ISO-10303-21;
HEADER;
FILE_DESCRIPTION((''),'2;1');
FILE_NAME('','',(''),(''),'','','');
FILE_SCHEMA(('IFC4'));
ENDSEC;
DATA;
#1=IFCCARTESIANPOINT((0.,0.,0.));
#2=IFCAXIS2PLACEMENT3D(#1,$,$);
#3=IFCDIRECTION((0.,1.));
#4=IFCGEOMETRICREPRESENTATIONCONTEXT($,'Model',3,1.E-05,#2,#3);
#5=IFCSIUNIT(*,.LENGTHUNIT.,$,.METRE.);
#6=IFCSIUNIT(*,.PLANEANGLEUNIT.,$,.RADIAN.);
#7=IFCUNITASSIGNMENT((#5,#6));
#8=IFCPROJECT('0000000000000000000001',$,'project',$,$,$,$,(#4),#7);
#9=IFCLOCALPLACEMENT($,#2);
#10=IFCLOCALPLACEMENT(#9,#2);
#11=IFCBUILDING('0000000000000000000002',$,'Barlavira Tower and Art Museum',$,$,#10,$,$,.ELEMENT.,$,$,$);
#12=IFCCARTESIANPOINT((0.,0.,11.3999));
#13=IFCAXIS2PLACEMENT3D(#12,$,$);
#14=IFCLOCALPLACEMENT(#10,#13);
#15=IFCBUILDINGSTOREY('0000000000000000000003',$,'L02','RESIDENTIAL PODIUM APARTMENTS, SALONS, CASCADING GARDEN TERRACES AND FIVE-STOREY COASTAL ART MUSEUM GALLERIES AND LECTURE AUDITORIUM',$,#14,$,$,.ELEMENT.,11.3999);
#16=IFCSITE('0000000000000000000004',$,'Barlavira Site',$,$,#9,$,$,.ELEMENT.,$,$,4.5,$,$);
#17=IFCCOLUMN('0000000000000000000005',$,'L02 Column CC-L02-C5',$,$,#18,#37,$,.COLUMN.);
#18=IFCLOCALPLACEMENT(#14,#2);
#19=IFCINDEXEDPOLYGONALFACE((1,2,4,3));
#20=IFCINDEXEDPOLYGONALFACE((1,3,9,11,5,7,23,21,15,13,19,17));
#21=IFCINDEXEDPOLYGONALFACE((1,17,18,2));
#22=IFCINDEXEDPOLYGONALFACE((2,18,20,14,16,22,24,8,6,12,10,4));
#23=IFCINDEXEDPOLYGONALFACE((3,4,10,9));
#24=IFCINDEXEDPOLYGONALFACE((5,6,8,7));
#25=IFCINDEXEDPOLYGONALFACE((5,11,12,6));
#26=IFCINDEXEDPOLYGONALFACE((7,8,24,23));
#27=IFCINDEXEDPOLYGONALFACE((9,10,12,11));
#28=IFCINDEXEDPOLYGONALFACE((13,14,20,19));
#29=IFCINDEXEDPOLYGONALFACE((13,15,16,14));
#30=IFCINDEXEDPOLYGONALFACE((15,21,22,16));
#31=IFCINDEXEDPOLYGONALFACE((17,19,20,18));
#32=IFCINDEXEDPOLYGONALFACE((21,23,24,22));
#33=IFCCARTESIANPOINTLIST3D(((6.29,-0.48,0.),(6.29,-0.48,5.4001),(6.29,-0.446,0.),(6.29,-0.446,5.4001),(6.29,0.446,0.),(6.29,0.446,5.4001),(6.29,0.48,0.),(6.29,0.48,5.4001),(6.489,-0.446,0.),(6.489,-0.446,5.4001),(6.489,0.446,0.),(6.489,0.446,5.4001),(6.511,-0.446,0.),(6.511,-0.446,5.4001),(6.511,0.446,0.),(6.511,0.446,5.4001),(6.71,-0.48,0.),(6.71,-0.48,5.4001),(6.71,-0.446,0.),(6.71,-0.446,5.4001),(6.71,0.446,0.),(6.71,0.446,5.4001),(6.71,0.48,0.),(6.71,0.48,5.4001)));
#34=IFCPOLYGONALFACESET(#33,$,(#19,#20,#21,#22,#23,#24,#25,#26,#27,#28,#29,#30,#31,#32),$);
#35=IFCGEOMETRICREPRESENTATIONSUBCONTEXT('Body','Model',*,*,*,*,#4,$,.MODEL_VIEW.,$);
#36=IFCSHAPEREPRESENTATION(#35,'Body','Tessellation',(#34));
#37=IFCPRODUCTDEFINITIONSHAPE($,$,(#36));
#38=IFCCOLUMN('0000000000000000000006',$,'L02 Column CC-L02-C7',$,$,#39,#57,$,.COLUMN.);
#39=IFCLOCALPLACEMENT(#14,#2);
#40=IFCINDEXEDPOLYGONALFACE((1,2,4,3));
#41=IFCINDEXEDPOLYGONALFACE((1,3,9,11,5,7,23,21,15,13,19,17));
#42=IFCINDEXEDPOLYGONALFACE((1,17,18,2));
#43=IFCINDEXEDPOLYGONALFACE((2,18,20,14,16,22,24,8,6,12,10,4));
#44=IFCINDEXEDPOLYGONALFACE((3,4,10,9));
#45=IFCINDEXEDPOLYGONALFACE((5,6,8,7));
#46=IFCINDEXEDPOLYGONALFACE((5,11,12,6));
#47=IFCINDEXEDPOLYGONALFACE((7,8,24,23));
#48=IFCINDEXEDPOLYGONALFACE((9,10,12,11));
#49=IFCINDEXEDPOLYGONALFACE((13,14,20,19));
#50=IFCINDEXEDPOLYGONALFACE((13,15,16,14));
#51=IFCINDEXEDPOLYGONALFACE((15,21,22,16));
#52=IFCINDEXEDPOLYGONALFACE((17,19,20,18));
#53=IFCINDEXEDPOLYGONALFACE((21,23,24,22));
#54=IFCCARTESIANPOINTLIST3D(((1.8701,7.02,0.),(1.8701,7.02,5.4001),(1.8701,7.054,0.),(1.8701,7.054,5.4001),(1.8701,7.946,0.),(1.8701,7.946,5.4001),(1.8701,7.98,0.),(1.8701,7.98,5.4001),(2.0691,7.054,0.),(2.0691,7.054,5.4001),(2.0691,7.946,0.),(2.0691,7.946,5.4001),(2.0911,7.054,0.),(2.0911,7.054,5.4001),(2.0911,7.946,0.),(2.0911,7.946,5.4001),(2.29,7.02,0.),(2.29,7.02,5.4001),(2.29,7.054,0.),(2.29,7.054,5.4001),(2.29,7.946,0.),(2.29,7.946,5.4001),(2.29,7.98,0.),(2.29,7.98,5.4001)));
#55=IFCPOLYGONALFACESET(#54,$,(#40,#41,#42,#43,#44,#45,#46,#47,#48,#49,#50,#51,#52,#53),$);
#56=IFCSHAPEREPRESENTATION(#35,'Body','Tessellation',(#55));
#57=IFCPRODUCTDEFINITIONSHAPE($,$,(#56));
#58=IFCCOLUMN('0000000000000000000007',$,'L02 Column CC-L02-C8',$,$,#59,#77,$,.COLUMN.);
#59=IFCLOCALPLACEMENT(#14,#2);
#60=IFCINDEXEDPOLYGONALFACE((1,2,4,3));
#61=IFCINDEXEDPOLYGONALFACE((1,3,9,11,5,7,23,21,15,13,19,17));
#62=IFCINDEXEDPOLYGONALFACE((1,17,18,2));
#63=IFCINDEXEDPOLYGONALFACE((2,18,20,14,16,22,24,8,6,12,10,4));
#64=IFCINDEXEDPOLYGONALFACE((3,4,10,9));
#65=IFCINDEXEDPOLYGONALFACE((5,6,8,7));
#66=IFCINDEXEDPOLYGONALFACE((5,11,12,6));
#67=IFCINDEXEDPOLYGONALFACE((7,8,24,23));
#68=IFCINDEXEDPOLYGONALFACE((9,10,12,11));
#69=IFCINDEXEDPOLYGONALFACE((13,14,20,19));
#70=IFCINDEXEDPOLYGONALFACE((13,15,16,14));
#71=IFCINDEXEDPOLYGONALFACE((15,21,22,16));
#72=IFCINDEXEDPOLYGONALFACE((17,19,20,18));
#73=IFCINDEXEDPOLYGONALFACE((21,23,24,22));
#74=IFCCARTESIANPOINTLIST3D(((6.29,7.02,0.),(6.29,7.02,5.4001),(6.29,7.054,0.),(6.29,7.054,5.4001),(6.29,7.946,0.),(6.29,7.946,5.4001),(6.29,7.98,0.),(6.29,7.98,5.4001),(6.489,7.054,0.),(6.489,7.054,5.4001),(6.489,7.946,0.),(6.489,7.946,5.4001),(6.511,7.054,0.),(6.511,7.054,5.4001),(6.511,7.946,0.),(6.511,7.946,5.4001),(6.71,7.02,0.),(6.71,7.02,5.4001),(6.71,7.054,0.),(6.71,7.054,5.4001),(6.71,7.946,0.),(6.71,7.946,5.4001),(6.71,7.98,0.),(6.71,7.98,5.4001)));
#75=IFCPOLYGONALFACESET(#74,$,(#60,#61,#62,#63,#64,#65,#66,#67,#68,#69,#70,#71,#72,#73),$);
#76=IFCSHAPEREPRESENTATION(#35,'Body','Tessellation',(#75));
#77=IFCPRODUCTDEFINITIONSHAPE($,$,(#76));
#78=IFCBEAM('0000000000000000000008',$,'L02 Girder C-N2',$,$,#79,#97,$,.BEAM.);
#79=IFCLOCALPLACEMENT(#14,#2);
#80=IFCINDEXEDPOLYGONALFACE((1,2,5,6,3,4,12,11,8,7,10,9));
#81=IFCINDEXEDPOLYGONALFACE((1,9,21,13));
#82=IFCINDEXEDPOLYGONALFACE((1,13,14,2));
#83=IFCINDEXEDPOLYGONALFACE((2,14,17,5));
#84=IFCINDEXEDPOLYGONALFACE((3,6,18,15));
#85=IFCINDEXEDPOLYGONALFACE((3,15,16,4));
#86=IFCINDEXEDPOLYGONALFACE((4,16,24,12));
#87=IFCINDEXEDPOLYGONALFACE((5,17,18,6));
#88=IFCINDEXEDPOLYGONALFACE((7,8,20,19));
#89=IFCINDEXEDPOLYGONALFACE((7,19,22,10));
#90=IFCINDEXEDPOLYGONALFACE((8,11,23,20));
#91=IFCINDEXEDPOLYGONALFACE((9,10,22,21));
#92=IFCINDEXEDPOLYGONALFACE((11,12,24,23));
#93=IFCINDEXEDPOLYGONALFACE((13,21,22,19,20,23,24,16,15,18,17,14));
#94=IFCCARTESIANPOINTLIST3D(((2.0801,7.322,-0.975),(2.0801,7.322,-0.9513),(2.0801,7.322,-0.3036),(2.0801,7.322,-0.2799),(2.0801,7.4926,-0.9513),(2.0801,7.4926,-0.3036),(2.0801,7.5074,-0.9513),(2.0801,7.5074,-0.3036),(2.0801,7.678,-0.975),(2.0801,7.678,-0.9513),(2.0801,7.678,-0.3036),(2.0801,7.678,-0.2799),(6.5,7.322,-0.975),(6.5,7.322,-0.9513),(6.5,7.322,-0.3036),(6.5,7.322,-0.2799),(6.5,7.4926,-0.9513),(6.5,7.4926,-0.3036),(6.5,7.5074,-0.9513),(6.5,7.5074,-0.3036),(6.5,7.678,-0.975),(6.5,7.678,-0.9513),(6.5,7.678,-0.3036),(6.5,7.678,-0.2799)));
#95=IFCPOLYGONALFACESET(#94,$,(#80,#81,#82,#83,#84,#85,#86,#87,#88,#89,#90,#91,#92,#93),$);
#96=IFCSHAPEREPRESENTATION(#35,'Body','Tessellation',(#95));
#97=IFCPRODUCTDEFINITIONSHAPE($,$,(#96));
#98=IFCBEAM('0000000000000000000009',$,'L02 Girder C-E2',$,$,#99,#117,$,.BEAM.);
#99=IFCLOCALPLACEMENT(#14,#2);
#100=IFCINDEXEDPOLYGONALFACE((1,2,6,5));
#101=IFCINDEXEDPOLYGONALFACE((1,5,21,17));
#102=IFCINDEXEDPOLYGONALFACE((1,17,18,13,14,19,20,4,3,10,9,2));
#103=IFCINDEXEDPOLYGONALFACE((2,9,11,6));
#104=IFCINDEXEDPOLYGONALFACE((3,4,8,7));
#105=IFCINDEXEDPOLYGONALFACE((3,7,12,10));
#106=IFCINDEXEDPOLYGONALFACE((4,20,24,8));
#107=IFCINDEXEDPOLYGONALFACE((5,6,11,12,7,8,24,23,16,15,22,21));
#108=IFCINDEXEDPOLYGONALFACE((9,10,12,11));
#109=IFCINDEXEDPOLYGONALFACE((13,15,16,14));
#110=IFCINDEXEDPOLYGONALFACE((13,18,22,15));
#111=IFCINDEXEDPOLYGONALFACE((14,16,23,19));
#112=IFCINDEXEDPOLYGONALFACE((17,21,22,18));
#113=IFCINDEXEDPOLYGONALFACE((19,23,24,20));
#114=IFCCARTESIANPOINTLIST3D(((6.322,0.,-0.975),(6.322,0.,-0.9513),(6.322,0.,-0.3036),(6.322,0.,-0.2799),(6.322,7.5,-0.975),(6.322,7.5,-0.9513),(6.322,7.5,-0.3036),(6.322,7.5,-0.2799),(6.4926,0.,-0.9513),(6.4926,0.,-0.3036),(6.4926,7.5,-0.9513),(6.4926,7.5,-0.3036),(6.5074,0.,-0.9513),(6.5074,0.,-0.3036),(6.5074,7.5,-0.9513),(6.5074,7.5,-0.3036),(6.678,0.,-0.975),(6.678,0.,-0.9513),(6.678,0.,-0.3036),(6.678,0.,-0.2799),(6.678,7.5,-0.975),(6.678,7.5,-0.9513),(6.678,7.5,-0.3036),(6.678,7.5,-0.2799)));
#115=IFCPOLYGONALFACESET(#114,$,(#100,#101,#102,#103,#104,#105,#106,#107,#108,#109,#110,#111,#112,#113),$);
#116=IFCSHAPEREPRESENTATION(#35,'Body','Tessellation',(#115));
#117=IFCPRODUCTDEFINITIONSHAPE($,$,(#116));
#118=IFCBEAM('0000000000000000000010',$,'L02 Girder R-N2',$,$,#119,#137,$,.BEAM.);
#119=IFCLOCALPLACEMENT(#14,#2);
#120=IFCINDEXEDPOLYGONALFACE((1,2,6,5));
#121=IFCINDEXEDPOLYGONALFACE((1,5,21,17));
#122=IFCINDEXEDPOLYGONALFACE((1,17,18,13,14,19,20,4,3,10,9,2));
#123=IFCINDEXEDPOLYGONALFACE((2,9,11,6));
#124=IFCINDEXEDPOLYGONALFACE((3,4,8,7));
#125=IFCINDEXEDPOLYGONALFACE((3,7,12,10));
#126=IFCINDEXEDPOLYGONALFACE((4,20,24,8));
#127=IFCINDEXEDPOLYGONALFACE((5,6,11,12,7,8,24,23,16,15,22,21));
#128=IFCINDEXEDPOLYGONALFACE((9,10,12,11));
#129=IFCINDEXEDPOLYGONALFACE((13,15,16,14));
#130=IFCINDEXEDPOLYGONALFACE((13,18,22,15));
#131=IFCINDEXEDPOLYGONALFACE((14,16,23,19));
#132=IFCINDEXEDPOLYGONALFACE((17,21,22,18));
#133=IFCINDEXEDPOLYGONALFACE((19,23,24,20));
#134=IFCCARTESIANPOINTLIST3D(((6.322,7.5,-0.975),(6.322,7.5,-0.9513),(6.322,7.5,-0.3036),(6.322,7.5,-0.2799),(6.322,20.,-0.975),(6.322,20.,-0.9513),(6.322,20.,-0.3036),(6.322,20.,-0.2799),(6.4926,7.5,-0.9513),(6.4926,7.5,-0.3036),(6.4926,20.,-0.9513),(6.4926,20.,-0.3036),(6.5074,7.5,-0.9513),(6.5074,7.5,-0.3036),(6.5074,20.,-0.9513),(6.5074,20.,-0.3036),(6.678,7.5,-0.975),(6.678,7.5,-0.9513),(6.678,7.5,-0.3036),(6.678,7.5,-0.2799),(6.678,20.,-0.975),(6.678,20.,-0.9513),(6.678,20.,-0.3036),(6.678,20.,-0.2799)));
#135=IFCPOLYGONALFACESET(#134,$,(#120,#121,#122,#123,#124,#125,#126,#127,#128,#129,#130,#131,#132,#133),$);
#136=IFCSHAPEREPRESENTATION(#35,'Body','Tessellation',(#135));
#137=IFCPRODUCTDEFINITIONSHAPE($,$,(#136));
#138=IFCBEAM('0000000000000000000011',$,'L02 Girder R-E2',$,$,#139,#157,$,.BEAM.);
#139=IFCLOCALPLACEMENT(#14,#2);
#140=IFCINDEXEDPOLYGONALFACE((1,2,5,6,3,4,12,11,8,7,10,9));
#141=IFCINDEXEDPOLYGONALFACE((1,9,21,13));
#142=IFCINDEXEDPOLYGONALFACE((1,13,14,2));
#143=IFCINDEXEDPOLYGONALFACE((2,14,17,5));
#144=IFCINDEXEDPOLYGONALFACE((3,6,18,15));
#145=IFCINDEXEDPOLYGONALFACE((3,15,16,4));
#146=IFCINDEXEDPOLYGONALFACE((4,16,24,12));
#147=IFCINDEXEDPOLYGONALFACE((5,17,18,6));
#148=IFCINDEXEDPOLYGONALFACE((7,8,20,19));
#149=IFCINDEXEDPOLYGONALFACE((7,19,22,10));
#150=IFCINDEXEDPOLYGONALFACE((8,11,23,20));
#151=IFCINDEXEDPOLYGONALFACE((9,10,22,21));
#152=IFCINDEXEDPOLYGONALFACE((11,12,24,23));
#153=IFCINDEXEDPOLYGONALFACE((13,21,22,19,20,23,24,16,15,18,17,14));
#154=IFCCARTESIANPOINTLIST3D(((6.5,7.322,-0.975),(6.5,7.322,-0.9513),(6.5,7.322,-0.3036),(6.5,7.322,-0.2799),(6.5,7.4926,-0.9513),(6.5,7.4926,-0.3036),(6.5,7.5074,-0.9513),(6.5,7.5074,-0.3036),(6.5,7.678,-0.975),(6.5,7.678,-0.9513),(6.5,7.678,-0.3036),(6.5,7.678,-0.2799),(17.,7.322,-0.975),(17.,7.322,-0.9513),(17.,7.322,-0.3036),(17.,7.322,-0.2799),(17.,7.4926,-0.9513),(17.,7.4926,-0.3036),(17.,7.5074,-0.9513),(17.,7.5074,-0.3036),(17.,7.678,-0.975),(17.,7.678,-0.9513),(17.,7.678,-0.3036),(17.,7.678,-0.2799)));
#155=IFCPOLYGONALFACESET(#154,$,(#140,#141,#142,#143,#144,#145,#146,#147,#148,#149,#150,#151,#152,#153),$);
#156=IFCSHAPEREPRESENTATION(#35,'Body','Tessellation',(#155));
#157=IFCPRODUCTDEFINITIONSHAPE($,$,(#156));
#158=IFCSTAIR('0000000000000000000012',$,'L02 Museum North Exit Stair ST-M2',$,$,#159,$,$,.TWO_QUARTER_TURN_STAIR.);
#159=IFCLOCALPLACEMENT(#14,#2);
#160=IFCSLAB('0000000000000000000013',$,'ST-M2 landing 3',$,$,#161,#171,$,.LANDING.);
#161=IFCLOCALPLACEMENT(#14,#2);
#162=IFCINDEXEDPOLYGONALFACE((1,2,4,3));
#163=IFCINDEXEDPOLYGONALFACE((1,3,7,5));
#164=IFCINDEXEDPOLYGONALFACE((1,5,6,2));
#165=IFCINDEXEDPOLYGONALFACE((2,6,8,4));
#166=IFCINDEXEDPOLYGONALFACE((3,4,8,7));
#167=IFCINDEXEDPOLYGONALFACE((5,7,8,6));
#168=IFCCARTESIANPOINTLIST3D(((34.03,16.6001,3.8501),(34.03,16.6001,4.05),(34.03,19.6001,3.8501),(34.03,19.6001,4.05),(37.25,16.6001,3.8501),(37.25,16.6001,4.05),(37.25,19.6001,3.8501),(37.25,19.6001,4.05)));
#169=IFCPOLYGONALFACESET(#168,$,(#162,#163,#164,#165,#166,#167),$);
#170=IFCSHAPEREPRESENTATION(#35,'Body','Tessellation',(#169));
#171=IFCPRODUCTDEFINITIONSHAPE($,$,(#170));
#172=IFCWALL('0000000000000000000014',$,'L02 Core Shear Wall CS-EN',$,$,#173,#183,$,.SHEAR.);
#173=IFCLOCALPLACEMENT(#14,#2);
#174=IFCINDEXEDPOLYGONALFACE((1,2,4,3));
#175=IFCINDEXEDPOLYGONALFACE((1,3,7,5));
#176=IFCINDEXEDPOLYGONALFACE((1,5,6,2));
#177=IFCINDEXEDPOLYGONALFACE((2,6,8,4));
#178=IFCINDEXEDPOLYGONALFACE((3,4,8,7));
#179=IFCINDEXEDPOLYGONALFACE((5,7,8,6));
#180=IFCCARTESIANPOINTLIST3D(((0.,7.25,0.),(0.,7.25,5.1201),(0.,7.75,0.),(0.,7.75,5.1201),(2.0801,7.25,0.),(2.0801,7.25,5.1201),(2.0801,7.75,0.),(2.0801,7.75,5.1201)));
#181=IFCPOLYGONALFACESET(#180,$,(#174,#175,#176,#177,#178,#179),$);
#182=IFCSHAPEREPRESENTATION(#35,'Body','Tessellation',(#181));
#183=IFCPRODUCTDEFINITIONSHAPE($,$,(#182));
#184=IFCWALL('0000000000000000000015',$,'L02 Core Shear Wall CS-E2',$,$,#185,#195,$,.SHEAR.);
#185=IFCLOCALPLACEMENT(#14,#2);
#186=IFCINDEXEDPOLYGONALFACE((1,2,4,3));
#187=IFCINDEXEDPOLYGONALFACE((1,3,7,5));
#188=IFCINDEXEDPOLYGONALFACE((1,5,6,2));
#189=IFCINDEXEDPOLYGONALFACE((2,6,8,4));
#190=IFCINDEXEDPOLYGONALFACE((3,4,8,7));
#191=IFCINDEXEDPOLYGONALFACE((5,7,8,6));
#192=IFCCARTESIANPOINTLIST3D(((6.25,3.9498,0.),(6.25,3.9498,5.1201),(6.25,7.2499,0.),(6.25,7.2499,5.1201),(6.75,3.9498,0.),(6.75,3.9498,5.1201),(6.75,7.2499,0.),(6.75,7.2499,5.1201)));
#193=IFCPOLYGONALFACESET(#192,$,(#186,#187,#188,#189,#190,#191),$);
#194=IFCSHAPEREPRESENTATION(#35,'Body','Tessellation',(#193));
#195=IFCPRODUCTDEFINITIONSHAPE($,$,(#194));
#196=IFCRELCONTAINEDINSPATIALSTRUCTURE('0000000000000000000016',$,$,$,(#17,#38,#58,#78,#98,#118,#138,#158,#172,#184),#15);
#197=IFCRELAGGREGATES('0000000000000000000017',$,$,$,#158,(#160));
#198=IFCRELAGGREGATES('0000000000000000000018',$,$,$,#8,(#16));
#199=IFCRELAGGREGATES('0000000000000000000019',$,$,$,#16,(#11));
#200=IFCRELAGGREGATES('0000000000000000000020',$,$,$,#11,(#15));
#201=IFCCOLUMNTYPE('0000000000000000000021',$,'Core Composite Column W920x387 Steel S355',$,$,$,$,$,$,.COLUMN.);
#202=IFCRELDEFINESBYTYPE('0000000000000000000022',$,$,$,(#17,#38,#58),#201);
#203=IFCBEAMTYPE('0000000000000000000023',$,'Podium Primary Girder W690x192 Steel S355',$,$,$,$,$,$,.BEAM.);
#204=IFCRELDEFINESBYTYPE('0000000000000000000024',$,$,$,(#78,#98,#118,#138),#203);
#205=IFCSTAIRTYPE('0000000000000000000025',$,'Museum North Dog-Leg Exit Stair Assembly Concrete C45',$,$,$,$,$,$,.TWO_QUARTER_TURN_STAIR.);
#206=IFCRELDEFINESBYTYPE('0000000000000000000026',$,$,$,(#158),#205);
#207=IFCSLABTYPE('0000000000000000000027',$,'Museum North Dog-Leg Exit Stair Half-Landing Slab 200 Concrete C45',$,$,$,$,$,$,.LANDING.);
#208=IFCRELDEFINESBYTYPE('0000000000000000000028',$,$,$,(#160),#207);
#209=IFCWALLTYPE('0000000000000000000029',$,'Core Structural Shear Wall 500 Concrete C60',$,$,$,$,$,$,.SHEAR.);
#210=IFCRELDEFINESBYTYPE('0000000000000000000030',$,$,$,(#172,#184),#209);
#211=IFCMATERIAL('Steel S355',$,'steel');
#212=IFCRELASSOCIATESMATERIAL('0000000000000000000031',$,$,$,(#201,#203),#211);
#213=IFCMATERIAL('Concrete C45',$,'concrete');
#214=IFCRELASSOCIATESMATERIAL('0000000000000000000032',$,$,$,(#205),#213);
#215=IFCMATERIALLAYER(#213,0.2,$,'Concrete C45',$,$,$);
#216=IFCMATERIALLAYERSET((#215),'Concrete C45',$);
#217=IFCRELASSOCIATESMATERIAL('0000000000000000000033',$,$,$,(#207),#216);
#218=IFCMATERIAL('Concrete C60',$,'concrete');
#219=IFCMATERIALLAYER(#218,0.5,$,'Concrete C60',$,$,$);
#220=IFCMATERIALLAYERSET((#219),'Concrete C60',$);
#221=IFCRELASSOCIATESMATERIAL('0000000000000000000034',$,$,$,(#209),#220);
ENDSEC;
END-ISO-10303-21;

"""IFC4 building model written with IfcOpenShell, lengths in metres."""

from ifc_helpers import new_model, si_unit, direction, frame, frame_2d, origin, origin_2d, place, context, subcontext, project, spatial, polyline, rectangle, i_section, outline, extrude, material, layer, layer_set, material_profile, profile_set, type_object, element, aggregate, save


model = new_model("IFC4")

# Units and contexts
model_context = context("Model", 3, precision=1e-05, world=origin(), true_north=direction((0.0, 1.0)))
body_context = subcontext(model_context, "Body", "Model", "MODEL_VIEW")
ifc_project = project(units=[si_unit("LENGTHUNIT", "METRE"), si_unit("PLANEANGLEUNIT", "RADIAN")], contexts=[model_context])

# Site, building, storey
site_placement = place(None, origin())
site = spatial("IfcSite", under=ifc_project, at=site_placement, Name="Barlavira Site", CompositionType="ELEMENT", RefElevation=4.5)
building_placement = place(site_placement, origin())
building = spatial("IfcBuilding", under=site, at=building_placement, Name="Barlavira Tower and Art Museum", CompositionType="ELEMENT")
storey_placement = place(building_placement, frame((0.0, 0.0, 11.3999)))
storey = spatial("IfcBuildingStorey", under=building, at=storey_placement, Name="L02", Description="RESIDENTIAL PODIUM APARTMENTS, SALONS, CASCADING GARDEN TERRACES AND FIVE-STOREY COASTAL ART MUSEUM GALLERIES AND LECTURE AUDITORIUM", CompositionType="ELEMENT", Elevation=11.3999)

# Columns
ifc_material_1 = material(Name="Steel S355", Category="steel")
ifc_material_profile_1 = material_profile(ifc_material_1, i_section(OverallWidth=0.4199, OverallDepth=0.96, WebThickness=0.022, FlangeThickness=0.0339, at=origin_2d()), Name="W920x387.0")
ifc_profile_set_1 = profile_set([ifc_material_profile_1], Name="Steel S355")
column_type = type_object("IfcColumnType", Name="Core Composite Column W920x387 Steel S355", PredefinedType="COLUMN", material=ifc_profile_set_1)
for number, where, z_axis, x_axis, name in (
    (1, (6.5, 0.0, 0.0), (0.0, 0.0, 1.0), (1.0, 0.0, 0.0), "L02 Column CC-L02-C5"),
    (2, (2.0801, 7.5, 0.0), (0.0, 0.0, 1.0), (1.0, 0.0, 0.0), "L02 Column CC-L02-C7"),
    (3, (6.5, 7.5, 0.0), (0.0, 0.0, 1.0), (1.0, 0.0, 0.0), "L02 Column CC-L02-C8"),
):
    element("IfcColumn", number, at=place(storey_placement, frame(where, z_axis=z_axis, x_axis=x_axis)), inside=storey, type_object=column_type, Name=name, PredefinedType="COLUMN", context=body_context, shape_type="SweptSolid", body=[
        extrude(i_section(OverallWidth=0.4199, OverallDepth=0.96, WebThickness=0.022, FlangeThickness=0.0339, at=origin_2d()), origin(), (0.0, 0.0, 1.0), 5.4001),
    ])

# Beams
ifc_material_profile_2 = material_profile(ifc_material_1, i_section(OverallWidth=0.356, OverallDepth=0.6951, WebThickness=0.0149, FlangeThickness=0.0237, at=origin_2d()), Name="W690x192.0")
ifc_profile_set_2 = profile_set([ifc_material_profile_2], Name="Steel S355")
beam_type = type_object("IfcBeamType", Name="Podium Primary Girder W690x192 Steel S355", PredefinedType="BEAM", material=ifc_profile_set_2)
beam_1_placement = place(storey_placement, frame((2.0801, 7.5, -0.6274), z_axis=(1.0, 0.0, 0.0), x_axis=(0.0, 1.0, 0.0)))
element("IfcBeam", 4, at=beam_1_placement, inside=storey, type_object=beam_type, Name="L02 Girder C-N2", PredefinedType="BEAM", context=body_context, shape_type="SweptSolid", body=[
    extrude(i_section(OverallWidth=0.356, OverallDepth=0.6951, WebThickness=0.0149, FlangeThickness=0.0237, at=origin_2d()), origin(), (0.0, 0.0, 1.0), 4.4199),
])
beam_2_placement = place(storey_placement, frame((6.5, 0.0, -0.6274), z_axis=(0.0, 1.0, 0.0), x_axis=(-1.0, 0.0, 0.0)))
element("IfcBeam", 5, at=beam_2_placement, inside=storey, type_object=beam_type, Name="L02 Girder C-E2", PredefinedType="BEAM", context=body_context, shape_type="SweptSolid", body=[
    extrude(i_section(OverallWidth=0.356, OverallDepth=0.6951, WebThickness=0.0149, FlangeThickness=0.0237, at=origin_2d()), origin(), (0.0, 0.0, 1.0), 7.5),
])
beam_3_placement = place(storey_placement, frame((6.5, 7.5, -0.6274), z_axis=(0.0, 1.0, 0.0), x_axis=(-1.0, 0.0, 0.0)))
element("IfcBeam", 6, at=beam_3_placement, inside=storey, type_object=beam_type, Name="L02 Girder R-N2", PredefinedType="BEAM", context=body_context, shape_type="SweptSolid", body=[
    extrude(i_section(OverallWidth=0.356, OverallDepth=0.6951, WebThickness=0.0149, FlangeThickness=0.0237, at=origin_2d()), origin(), (0.0, 0.0, 1.0), 12.5),
])
beam_4_placement = place(storey_placement, frame((6.5, 7.5, -0.6274), z_axis=(1.0, 0.0, 0.0), x_axis=(0.0, 1.0, 0.0)))
element("IfcBeam", 7, at=beam_4_placement, inside=storey, type_object=beam_type, Name="L02 Girder R-E2", PredefinedType="BEAM", context=body_context, shape_type="SweptSolid", body=[
    extrude(i_section(OverallWidth=0.356, OverallDepth=0.6951, WebThickness=0.0149, FlangeThickness=0.0237, at=origin_2d()), origin(), (0.0, 0.0, 1.0), 10.5),
])

# Stair, slab
ifc_material_2 = material(Name="Concrete C45", Category="concrete")
stair_type_1 = type_object("IfcStairType", Name="Museum North Dog-Leg Exit Stair Assembly Concrete C45", PredefinedType="TWO_QUARTER_TURN_STAIR", material=ifc_material_2)
stair_1_placement = place(storey_placement, origin())
stair_1 = element("IfcStair", 8, at=stair_1_placement, inside=storey, type_object=stair_type_1, Name="L02 Museum North Exit Stair ST-M2", PredefinedType="TWO_QUARTER_TURN_STAIR")
ifc_layer_1 = layer(ifc_material_2, 0.2, Name="Concrete C45")
ifc_layer_set_1 = layer_set([ifc_layer_1], Name="Concrete C45")
slab_type = type_object("IfcSlabType", Name="Museum North Dog-Leg Exit Stair Half-Landing Slab 200 Concrete C45", PredefinedType="LANDING", material=ifc_layer_set_1)
slab_placement = place(storey_placement, frame((0.0, 0.0, 3.8501)))
slab = element("IfcSlab", 9, at=slab_placement, type_object=slab_type, Name="ST-M2 landing 3", PredefinedType="LANDING", context=body_context, shape_type="SweptSolid", body=[
    extrude(outline(polyline([(34.03, 16.6001), (37.25, 16.6001), (37.25, 19.6001), (34.03, 19.6001), (34.03, 16.6001)])), origin(), (0.0, 0.0, 1.0), 0.2),
])
aggregate(stair_1, [slab])

# Walls
ifc_material_3 = material(Name="Concrete C60", Category="concrete")
ifc_layer_2 = layer(ifc_material_3, 0.5, Name="Concrete C60")
ifc_layer_set_2 = layer_set([ifc_layer_2], Name="Concrete C60")
wall_type_1 = type_object("IfcWallType", Name="Core Structural Shear Wall 500 Concrete C60", PredefinedType="SHEAR", material=ifc_layer_set_2)
wall_1_placement = place(storey_placement, frame((0.0, 7.5, 0.0), z_axis=(0.0, 0.0, 1.0), x_axis=(1.0, 0.0, 0.0)))
element("IfcWall", 10, at=wall_1_placement, inside=storey, type_object=wall_type_1, Name="L02 Core Shear Wall CS-EN", PredefinedType="SHEAR", context=body_context, shape_type="SweptSolid", body=[
    extrude(rectangle(XDim=2.0801, YDim=0.5, at=frame_2d((1.04, 0.0))), origin(), (0.0, 0.0, 1.0), 5.1201),
])
wall_2_placement = place(storey_placement, frame((6.5, 3.95, 0.0), z_axis=(0.0, 0.0, 1.0), x_axis=(0.0, 1.0, 0.0)))
element("IfcWall", 11, at=wall_2_placement, inside=storey, type_object=wall_type_1, Name="L02 Core Shear Wall CS-E2", PredefinedType="SHEAR", context=body_context, shape_type="SweptSolid", body=[
    extrude(rectangle(XDim=3.3, YDim=0.5, at=frame_2d((1.6499, 0.0))), origin(), (0.0, 0.0, 1.0), 5.1201),
])

save(model, "model.ifc")
